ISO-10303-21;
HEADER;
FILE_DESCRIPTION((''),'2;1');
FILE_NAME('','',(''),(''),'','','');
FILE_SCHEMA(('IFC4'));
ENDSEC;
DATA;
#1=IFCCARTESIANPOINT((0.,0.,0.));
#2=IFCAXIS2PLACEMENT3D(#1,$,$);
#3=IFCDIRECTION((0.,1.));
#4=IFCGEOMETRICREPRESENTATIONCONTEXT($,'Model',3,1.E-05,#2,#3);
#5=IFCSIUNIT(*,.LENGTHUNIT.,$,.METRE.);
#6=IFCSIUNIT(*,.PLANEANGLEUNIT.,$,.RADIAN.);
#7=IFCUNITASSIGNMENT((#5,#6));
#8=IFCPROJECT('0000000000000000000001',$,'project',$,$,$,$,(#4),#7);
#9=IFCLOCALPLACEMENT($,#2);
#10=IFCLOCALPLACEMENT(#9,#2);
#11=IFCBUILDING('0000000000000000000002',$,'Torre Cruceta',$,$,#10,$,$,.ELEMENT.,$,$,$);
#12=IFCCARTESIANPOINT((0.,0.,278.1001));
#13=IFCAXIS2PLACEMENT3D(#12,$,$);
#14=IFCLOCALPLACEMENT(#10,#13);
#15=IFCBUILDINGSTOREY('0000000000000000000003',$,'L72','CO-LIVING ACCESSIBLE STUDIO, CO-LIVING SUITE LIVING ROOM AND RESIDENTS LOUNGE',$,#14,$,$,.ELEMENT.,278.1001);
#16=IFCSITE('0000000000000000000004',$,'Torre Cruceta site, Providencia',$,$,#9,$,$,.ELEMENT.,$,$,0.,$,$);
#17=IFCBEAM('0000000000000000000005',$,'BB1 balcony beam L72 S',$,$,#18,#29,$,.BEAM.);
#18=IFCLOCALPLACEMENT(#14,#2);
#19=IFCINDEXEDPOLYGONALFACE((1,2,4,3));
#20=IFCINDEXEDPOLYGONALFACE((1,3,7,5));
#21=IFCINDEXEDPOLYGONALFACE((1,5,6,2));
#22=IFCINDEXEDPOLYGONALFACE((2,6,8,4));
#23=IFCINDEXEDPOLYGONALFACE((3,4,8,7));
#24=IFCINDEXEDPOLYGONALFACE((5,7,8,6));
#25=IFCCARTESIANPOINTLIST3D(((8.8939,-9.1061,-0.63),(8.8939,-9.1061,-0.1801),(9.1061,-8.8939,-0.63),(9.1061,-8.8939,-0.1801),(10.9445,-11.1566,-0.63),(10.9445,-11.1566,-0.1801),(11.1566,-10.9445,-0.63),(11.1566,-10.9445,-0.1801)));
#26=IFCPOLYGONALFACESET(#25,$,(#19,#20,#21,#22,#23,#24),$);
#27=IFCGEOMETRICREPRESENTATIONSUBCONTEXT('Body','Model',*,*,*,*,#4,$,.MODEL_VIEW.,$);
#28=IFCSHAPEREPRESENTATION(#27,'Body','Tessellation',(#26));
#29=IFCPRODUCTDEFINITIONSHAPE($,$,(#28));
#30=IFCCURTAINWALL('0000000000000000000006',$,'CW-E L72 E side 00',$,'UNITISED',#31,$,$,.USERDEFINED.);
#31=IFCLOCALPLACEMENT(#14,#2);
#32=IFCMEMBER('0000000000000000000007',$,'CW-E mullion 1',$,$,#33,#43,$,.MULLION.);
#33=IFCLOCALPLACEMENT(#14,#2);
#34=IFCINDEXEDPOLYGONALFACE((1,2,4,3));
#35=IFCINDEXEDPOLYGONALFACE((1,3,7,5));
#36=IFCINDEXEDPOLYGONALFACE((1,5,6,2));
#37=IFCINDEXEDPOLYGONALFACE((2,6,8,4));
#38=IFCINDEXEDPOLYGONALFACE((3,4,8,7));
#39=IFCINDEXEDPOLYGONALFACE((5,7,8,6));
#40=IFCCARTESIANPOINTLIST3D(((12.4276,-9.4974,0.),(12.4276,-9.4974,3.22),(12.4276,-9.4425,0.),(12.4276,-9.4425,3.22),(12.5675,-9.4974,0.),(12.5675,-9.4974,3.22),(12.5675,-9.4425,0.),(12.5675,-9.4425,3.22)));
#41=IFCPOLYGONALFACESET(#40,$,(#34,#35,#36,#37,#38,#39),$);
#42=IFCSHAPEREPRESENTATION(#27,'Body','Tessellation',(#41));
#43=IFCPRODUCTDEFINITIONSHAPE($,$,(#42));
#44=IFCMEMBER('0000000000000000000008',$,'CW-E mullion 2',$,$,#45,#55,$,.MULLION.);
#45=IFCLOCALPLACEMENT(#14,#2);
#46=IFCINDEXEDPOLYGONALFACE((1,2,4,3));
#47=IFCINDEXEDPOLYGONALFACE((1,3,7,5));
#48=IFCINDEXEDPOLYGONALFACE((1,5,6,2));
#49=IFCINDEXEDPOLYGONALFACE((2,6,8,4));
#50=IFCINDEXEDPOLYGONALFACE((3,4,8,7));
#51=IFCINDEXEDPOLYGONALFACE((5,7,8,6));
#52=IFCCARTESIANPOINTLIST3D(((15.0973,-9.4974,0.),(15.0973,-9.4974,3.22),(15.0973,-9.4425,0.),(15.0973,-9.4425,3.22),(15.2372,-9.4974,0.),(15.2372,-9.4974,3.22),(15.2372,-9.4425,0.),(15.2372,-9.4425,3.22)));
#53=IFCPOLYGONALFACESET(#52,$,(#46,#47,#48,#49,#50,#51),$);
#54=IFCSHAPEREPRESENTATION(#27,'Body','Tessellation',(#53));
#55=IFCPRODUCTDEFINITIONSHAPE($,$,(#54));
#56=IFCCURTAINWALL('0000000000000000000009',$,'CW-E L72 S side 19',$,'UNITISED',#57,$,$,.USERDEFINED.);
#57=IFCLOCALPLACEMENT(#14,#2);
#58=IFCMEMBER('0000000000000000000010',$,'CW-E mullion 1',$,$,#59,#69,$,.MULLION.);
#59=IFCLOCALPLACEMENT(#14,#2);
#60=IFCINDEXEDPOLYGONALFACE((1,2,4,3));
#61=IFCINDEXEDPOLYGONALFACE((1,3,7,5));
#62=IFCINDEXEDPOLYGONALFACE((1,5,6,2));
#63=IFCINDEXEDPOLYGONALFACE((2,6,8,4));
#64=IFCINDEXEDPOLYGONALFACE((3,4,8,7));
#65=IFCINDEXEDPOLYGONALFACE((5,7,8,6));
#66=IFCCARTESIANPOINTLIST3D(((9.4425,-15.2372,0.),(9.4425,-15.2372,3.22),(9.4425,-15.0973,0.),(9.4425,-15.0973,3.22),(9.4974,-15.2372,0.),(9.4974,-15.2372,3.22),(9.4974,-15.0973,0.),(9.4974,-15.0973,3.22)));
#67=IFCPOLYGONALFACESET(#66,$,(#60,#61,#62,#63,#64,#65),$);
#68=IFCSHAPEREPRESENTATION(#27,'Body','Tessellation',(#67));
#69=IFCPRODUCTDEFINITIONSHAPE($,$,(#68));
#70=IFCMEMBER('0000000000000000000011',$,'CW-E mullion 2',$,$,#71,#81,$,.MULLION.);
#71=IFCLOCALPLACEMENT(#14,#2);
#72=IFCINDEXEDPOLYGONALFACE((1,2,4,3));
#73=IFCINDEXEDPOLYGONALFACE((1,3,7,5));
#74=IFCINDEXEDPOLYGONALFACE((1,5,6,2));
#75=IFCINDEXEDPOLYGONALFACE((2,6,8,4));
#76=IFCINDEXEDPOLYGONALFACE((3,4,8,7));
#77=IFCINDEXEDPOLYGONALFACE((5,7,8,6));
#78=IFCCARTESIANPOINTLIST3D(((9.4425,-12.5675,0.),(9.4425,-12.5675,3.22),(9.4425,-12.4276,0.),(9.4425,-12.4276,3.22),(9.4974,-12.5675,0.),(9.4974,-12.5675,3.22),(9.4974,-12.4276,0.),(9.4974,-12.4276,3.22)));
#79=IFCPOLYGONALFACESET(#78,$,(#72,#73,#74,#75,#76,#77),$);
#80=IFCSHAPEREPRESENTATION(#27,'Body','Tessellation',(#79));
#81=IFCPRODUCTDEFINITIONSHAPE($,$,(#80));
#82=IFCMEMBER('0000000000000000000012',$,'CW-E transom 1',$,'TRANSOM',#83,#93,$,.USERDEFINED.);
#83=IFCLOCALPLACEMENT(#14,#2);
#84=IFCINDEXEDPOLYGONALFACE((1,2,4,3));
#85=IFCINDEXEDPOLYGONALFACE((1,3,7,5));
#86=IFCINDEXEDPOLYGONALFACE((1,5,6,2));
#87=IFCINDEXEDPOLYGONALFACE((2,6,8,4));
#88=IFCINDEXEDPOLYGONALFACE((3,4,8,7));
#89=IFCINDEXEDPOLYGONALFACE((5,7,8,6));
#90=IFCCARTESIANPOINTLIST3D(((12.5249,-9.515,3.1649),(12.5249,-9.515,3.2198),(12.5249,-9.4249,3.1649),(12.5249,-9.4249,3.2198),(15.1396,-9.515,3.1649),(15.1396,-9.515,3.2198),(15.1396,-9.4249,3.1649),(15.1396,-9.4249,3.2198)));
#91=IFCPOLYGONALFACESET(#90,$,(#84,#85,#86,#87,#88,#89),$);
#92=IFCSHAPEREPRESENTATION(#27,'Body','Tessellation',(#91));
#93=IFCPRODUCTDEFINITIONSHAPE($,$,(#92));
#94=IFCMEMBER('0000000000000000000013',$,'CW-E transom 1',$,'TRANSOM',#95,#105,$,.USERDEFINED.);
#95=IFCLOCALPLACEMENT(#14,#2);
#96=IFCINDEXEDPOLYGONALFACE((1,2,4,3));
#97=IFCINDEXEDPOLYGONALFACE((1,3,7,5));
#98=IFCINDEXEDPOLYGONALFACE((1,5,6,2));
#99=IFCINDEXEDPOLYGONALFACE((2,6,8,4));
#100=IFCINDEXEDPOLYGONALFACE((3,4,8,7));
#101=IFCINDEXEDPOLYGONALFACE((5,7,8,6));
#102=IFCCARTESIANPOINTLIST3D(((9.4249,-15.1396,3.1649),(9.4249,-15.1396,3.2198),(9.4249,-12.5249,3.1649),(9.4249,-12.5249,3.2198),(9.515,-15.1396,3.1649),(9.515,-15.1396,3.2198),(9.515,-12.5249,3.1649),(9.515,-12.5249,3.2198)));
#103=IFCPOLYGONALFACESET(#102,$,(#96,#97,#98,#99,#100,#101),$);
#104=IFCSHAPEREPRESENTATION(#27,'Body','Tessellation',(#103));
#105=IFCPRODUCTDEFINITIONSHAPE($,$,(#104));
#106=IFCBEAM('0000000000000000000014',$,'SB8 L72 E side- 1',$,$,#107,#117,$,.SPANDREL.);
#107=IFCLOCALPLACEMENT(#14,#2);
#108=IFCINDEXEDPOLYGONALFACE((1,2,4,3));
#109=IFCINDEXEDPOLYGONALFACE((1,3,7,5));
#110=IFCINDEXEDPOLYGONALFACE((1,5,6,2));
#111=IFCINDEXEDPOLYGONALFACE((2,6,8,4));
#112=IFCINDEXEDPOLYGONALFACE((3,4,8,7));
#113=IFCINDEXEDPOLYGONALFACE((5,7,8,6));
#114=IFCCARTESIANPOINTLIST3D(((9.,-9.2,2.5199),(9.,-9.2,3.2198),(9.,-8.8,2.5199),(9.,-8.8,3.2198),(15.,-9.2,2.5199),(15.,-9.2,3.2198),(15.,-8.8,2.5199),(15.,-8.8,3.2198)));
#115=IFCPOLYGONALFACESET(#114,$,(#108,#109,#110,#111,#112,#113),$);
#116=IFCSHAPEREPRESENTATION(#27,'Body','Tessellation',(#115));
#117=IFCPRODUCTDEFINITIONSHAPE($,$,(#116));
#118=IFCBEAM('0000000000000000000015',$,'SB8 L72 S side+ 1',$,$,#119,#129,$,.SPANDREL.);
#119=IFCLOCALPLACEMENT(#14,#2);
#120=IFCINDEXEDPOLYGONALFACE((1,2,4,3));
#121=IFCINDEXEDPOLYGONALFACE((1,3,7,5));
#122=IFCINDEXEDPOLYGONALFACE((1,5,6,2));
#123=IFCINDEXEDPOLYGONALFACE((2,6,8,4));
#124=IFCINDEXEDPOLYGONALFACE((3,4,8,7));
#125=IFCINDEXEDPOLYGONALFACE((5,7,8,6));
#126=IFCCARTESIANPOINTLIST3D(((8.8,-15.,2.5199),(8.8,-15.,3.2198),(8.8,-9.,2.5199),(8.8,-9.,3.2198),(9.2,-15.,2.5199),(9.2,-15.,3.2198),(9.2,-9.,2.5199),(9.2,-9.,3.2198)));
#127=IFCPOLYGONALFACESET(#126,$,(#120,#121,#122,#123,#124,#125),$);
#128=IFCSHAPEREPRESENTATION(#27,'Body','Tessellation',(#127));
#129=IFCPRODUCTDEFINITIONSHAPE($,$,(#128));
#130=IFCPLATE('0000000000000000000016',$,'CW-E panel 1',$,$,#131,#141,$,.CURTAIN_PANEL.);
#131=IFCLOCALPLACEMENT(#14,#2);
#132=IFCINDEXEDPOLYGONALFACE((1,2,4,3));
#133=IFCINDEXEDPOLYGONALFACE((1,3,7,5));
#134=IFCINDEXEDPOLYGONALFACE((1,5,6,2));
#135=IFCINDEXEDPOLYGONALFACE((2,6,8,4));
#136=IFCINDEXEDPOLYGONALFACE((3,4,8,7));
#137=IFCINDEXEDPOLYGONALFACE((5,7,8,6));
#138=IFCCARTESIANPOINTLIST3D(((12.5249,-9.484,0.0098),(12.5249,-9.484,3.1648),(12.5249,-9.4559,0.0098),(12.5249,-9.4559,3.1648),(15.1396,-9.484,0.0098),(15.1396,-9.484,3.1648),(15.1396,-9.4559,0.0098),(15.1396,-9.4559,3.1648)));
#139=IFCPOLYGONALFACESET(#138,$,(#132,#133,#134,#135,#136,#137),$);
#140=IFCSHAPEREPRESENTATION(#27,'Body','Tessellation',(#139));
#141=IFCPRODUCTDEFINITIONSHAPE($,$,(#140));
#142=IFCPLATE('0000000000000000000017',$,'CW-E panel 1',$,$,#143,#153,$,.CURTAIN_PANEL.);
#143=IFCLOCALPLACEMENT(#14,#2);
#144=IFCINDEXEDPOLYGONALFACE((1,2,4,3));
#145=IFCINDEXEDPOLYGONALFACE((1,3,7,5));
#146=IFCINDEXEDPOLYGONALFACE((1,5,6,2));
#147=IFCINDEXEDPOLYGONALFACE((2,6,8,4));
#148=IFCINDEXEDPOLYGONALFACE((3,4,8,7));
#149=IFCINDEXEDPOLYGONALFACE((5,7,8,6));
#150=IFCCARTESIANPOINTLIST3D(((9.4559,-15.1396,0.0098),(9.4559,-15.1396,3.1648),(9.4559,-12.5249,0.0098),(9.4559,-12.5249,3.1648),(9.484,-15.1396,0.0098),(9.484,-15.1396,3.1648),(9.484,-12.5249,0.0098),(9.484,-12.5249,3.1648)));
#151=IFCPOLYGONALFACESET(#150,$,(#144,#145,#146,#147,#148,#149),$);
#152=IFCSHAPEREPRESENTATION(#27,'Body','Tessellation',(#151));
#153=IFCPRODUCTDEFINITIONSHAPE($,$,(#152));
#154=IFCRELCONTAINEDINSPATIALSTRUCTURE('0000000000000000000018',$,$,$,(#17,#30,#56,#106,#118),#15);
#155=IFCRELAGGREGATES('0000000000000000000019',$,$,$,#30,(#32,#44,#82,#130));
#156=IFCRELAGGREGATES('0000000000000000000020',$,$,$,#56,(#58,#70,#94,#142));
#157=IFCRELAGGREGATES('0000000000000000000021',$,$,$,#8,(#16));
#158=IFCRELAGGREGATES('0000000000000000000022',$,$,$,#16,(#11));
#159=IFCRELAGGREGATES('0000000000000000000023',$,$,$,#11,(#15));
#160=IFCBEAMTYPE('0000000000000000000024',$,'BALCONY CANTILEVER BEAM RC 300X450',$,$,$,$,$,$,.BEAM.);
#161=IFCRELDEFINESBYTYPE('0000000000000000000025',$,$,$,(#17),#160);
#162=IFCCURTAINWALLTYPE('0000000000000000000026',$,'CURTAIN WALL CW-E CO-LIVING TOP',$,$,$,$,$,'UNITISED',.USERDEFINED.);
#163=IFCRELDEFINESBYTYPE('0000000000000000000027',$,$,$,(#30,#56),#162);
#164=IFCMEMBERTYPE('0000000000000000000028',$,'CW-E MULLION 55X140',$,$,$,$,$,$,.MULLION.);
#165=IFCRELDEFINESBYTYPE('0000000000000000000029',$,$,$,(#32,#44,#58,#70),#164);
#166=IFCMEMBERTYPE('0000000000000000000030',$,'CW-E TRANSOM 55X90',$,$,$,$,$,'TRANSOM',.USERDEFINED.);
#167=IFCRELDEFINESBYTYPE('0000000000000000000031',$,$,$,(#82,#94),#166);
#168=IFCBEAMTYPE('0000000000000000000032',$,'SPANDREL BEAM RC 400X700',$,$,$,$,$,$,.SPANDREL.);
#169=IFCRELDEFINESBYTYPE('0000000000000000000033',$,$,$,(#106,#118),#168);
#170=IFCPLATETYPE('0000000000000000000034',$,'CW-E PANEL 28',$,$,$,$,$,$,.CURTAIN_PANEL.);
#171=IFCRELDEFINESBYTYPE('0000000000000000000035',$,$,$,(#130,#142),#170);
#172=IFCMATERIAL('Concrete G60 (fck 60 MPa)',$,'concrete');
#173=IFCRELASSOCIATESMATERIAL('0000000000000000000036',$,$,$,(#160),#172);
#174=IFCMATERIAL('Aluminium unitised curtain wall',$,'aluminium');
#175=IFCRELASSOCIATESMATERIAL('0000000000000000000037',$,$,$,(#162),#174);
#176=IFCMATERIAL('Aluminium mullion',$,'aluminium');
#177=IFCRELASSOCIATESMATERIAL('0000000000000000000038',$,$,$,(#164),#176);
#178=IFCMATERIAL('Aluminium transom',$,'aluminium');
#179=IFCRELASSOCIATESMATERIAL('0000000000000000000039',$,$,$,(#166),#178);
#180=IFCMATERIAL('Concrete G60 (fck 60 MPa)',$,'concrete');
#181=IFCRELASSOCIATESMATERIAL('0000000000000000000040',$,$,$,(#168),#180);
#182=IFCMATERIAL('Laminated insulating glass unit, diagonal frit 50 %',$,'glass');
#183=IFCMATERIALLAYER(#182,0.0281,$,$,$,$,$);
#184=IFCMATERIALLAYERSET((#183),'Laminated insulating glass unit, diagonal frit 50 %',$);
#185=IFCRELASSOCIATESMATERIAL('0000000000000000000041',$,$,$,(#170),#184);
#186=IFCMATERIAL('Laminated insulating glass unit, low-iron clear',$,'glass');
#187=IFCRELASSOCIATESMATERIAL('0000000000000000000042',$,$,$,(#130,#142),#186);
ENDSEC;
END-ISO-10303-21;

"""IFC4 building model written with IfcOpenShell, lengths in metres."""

from ifc_helpers import new_model, si_unit, direction, frame, origin, origin_2d, place, context, subcontext, project, spatial, rectangle, extrude, material, layer, layer_set, material_profile, profile_set, type_object, element, aggregate, save


model = new_model("IFC4")

# Units and contexts
model_context = context("Model", 3, precision=1e-05, world=origin(), true_north=direction((0.0, 1.0)))
body_context = subcontext(model_context, "Body", "Model", "MODEL_VIEW")
ifc_project = project(units=[si_unit("LENGTHUNIT", "METRE"), si_unit("PLANEANGLEUNIT", "RADIAN")], contexts=[model_context])

# Site, building, storey
site_placement = place(None, origin())
site = spatial("IfcSite", under=ifc_project, at=site_placement, Name="Torre Cruceta site, Providencia", CompositionType="ELEMENT", RefElevation=0.0)
building_placement = place(site_placement, origin())
building = spatial("IfcBuilding", under=site, at=building_placement, Name="Torre Cruceta", CompositionType="ELEMENT")
storey_placement = place(building_placement, frame((0.0, 0.0, 278.1001)))
storey = spatial("IfcBuildingStorey", under=building, at=storey_placement, Name="L72", Description="CO-LIVING ACCESSIBLE STUDIO, CO-LIVING SUITE LIVING ROOM AND RESIDENTS LOUNGE", CompositionType="ELEMENT", Elevation=278.1001)

# Beam
ifc_material_1 = material(Name="Concrete G60 (fck 60 MPa)", Category="concrete")
ifc_material_profile_1 = material_profile(ifc_material_1, rectangle(XDim=0.3, YDim=0.45, at=origin_2d()), Name="RC 300X450")
ifc_profile_set_1 = profile_set([ifc_material_profile_1], Name="Concrete G60 (fck 60 MPa)")
beam_type_1 = type_object("IfcBeamType", Name="BALCONY CANTILEVER BEAM RC 300X450", PredefinedType="BEAM", material=ifc_profile_set_1)
beam_placement = place(storey_placement, frame((9.0, -9.0, -0.405), z_axis=(0.707107, -0.707107, 0.0), x_axis=(0.707107, 0.707107, 0.0)))
element("IfcBeam", 1, at=beam_placement, inside=storey, type_object=beam_type_1, Name="BB1 balcony beam L72 S", PredefinedType="BEAM", context=body_context, shape_type="SweptSolid", body=[
    extrude(rectangle(XDim=0.3, YDim=0.45, at=origin_2d()), origin(), (0.0, 0.0, 1.0), 2.8999),
])

# Curtain walls, members
ifc_material_2 = material(Name="Aluminium unitised curtain wall", Category="aluminium")
curtain_wall_type = type_object("IfcCurtainWallType", Name="CURTAIN WALL CW-E CO-LIVING TOP", ElementType="UNITISED", PredefinedType="USERDEFINED", material=ifc_material_2)
curtain_wall_1_placement = place(storey_placement, origin())
curtain_wall_1 = element("IfcCurtainWall", 2, at=curtain_wall_1_placement, inside=storey, type_object=curtain_wall_type, Name="CW-E L72 E side 00", ObjectType="UNITISED", PredefinedType="USERDEFINED")
ifc_material_3 = material(Name="Aluminium mullion", Category="aluminium")
ifc_material_profile_2 = material_profile(ifc_material_3, rectangle(XDim=0.0549, YDim=0.1399, at=origin_2d()), Name="AL 55X140")
ifc_profile_set_2 = profile_set([ifc_material_profile_2], Name="Aluminium mullion")
member_type_1 = type_object("IfcMemberType", Name="CW-E MULLION 55X140", PredefinedType="MULLION", material=ifc_profile_set_2)
member_1_placement = place(storey_placement, frame((12.4976, -9.47, 0.0), z_axis=(0.0, 0.0, 1.0), x_axis=(0.0, 1.0, 0.0)))
member_1 = element("IfcMember", 3, at=member_1_placement, type_object=member_type_1, Name="CW-E mullion 1", PredefinedType="MULLION", context=body_context, shape_type="SweptSolid", body=[
    extrude(rectangle(XDim=0.0549, YDim=0.1399, at=origin_2d()), origin(), (0.0, 0.0, 1.0), 3.22),
])
member_2_placement = place(storey_placement, frame((15.1672, -9.47, 0.0), z_axis=(0.0, 0.0, 1.0), x_axis=(0.0, 1.0, 0.0)))
member_2 = element("IfcMember", 4, at=member_2_placement, type_object=member_type_1, Name="CW-E mullion 2", PredefinedType="MULLION", context=body_context, shape_type="SweptSolid", body=[
    extrude(rectangle(XDim=0.0549, YDim=0.1399, at=origin_2d()), origin(), (0.0, 0.0, 1.0), 3.22),
])
curtain_wall_2_placement = place(storey_placement, origin())
curtain_wall_2 = element("IfcCurtainWall", 5, at=curtain_wall_2_placement, inside=storey, type_object=curtain_wall_type, Name="CW-E L72 S side 19", ObjectType="UNITISED", PredefinedType="USERDEFINED")
member_3_placement = place(storey_placement, frame((9.47, -15.1672, 0.0), z_axis=(0.0, 0.0, 1.0), x_axis=(-1.0, 0.0, 0.0)))
member_3 = element("IfcMember", 6, at=member_3_placement, type_object=member_type_1, Name="CW-E mullion 1", PredefinedType="MULLION", context=body_context, shape_type="SweptSolid", body=[
    extrude(rectangle(XDim=0.0549, YDim=0.1399, at=origin_2d()), origin(), (0.0, 0.0, 1.0), 3.22),
])
member_4_placement = place(storey_placement, frame((9.47, -12.4976, 0.0), z_axis=(0.0, 0.0, 1.0), x_axis=(-1.0, 0.0, 0.0)))
member_4 = element("IfcMember", 7, at=member_4_placement, type_object=member_type_1, Name="CW-E mullion 2", PredefinedType="MULLION", context=body_context, shape_type="SweptSolid", body=[
    extrude(rectangle(XDim=0.0549, YDim=0.1399, at=origin_2d()), origin(), (0.0, 0.0, 1.0), 3.22),
])

# Members
ifc_material_4 = material(Name="Aluminium transom", Category="aluminium")
ifc_material_profile_3 = material_profile(ifc_material_4, rectangle(XDim=0.0901, YDim=0.0549, at=origin_2d()), Name="AL 90X55")
ifc_profile_set_3 = profile_set([ifc_material_profile_3], Name="Aluminium transom")
member_type_2 = type_object("IfcMemberType", Name="CW-E TRANSOM 55X90", ElementType="TRANSOM", PredefinedType="USERDEFINED", material=ifc_profile_set_3)
member_5_placement = place(storey_placement, frame((12.5249, -9.47, 3.1924), z_axis=(1.0, 0.0, 0.0), x_axis=(0.0, 1.0, 0.0)))
member_5 = element("IfcMember", 8, at=member_5_placement, type_object=member_type_2, Name="CW-E transom 1", ObjectType="TRANSOM", PredefinedType="USERDEFINED", context=body_context, shape_type="SweptSolid", body=[
    extrude(rectangle(XDim=0.0901, YDim=0.0549, at=origin_2d()), origin(), (0.0, 0.0, 1.0), 2.6147),
])
member_6_placement = place(storey_placement, frame((9.47, -15.1396, 3.1924), z_axis=(0.0, 1.0, 0.0), x_axis=(-1.0, 0.0, 0.0)))
member_6 = element("IfcMember", 9, at=member_6_placement, type_object=member_type_2, Name="CW-E transom 1", ObjectType="TRANSOM", PredefinedType="USERDEFINED", context=body_context, shape_type="SweptSolid", body=[
    extrude(rectangle(XDim=0.0901, YDim=0.0549, at=origin_2d()), origin(), (0.0, 0.0, 1.0), 2.6147),
])

# Beams
ifc_material_5 = material(Name="Concrete G60 (fck 60 MPa)", Category="concrete")
ifc_material_profile_4 = material_profile(ifc_material_5, rectangle(XDim=0.3999, YDim=0.7, at=origin_2d()), Name="RC 400X700")
ifc_profile_set_4 = profile_set([ifc_material_profile_4], Name="Concrete G60 (fck 60 MPa)")
beam_type_2 = type_object("IfcBeamType", Name="SPANDREL BEAM RC 400X700", PredefinedType="SPANDREL", material=ifc_profile_set_4)
for number, where, z_axis, x_axis, name in (
    (10, (9.0, -9.0, 2.8699), (1.0, 0.0, 0.0), (0.0, 1.0, 0.0), "SB8 L72 E side- 1"),
    (11, (9.0, -9.0, 2.8699), (0.0, -1.0, 0.0), (1.0, 0.0, 0.0), "SB8 L72 S side+ 1"),
):
    element("IfcBeam", number, at=place(storey_placement, frame(where, z_axis=z_axis, x_axis=x_axis)), inside=storey, type_object=beam_type_2, Name=name, PredefinedType="SPANDREL", context=body_context, shape_type="SweptSolid", body=[
        extrude(rectangle(XDim=0.3999, YDim=0.7, at=origin_2d()), origin(), (0.0, 0.0, 1.0), 6.0),
    ])

# Plates
ifc_material_6 = material(Name="Laminated insulating glass unit, low-iron clear", Category="glass")
ifc_material_7 = material(Name="Laminated insulating glass unit, diagonal frit 50 %", Category="glass")
ifc_layer_1 = layer(ifc_material_7, 0.0281)
ifc_layer_set_1 = layer_set([ifc_layer_1], Name="Laminated insulating glass unit, diagonal frit 50 %")
plate_type = type_object("IfcPlateType", Name="CW-E PANEL 28", PredefinedType="CURTAIN_PANEL", material=ifc_layer_set_1)
plate_1_placement = place(storey_placement, frame((13.8323, -9.47, 0.0098), z_axis=(0.0, 0.0, 1.0), x_axis=(1.0, 0.0, 0.0)))
plate_1 = element("IfcPlate", 12, at=plate_1_placement, type_object=plate_type, material=ifc_material_6, Name="CW-E panel 1", PredefinedType="CURTAIN_PANEL", context=body_context, shape_type="SweptSolid", body=[
    extrude(rectangle(XDim=2.6147, YDim=0.0281, at=origin_2d()), origin(), (0.0, 0.0, 1.0), 3.155),
])
aggregate(curtain_wall_1, [member_1, member_2, member_5, plate_1])
plate_2_placement = place(storey_placement, frame((9.47, -13.8323, 0.0098), z_axis=(0.0, 0.0, 1.0), x_axis=(0.0, 1.0, 0.0)))
plate_2 = element("IfcPlate", 13, at=plate_2_placement, type_object=plate_type, material=ifc_material_6, Name="CW-E panel 1", PredefinedType="CURTAIN_PANEL", context=body_context, shape_type="SweptSolid", body=[
    extrude(rectangle(XDim=2.6147, YDim=0.0281, at=origin_2d()), origin(), (0.0, 0.0, 1.0), 3.155),
])
aggregate(curtain_wall_2, [member_3, member_4, member_6, plate_2])

save(model, "model.ifc")
